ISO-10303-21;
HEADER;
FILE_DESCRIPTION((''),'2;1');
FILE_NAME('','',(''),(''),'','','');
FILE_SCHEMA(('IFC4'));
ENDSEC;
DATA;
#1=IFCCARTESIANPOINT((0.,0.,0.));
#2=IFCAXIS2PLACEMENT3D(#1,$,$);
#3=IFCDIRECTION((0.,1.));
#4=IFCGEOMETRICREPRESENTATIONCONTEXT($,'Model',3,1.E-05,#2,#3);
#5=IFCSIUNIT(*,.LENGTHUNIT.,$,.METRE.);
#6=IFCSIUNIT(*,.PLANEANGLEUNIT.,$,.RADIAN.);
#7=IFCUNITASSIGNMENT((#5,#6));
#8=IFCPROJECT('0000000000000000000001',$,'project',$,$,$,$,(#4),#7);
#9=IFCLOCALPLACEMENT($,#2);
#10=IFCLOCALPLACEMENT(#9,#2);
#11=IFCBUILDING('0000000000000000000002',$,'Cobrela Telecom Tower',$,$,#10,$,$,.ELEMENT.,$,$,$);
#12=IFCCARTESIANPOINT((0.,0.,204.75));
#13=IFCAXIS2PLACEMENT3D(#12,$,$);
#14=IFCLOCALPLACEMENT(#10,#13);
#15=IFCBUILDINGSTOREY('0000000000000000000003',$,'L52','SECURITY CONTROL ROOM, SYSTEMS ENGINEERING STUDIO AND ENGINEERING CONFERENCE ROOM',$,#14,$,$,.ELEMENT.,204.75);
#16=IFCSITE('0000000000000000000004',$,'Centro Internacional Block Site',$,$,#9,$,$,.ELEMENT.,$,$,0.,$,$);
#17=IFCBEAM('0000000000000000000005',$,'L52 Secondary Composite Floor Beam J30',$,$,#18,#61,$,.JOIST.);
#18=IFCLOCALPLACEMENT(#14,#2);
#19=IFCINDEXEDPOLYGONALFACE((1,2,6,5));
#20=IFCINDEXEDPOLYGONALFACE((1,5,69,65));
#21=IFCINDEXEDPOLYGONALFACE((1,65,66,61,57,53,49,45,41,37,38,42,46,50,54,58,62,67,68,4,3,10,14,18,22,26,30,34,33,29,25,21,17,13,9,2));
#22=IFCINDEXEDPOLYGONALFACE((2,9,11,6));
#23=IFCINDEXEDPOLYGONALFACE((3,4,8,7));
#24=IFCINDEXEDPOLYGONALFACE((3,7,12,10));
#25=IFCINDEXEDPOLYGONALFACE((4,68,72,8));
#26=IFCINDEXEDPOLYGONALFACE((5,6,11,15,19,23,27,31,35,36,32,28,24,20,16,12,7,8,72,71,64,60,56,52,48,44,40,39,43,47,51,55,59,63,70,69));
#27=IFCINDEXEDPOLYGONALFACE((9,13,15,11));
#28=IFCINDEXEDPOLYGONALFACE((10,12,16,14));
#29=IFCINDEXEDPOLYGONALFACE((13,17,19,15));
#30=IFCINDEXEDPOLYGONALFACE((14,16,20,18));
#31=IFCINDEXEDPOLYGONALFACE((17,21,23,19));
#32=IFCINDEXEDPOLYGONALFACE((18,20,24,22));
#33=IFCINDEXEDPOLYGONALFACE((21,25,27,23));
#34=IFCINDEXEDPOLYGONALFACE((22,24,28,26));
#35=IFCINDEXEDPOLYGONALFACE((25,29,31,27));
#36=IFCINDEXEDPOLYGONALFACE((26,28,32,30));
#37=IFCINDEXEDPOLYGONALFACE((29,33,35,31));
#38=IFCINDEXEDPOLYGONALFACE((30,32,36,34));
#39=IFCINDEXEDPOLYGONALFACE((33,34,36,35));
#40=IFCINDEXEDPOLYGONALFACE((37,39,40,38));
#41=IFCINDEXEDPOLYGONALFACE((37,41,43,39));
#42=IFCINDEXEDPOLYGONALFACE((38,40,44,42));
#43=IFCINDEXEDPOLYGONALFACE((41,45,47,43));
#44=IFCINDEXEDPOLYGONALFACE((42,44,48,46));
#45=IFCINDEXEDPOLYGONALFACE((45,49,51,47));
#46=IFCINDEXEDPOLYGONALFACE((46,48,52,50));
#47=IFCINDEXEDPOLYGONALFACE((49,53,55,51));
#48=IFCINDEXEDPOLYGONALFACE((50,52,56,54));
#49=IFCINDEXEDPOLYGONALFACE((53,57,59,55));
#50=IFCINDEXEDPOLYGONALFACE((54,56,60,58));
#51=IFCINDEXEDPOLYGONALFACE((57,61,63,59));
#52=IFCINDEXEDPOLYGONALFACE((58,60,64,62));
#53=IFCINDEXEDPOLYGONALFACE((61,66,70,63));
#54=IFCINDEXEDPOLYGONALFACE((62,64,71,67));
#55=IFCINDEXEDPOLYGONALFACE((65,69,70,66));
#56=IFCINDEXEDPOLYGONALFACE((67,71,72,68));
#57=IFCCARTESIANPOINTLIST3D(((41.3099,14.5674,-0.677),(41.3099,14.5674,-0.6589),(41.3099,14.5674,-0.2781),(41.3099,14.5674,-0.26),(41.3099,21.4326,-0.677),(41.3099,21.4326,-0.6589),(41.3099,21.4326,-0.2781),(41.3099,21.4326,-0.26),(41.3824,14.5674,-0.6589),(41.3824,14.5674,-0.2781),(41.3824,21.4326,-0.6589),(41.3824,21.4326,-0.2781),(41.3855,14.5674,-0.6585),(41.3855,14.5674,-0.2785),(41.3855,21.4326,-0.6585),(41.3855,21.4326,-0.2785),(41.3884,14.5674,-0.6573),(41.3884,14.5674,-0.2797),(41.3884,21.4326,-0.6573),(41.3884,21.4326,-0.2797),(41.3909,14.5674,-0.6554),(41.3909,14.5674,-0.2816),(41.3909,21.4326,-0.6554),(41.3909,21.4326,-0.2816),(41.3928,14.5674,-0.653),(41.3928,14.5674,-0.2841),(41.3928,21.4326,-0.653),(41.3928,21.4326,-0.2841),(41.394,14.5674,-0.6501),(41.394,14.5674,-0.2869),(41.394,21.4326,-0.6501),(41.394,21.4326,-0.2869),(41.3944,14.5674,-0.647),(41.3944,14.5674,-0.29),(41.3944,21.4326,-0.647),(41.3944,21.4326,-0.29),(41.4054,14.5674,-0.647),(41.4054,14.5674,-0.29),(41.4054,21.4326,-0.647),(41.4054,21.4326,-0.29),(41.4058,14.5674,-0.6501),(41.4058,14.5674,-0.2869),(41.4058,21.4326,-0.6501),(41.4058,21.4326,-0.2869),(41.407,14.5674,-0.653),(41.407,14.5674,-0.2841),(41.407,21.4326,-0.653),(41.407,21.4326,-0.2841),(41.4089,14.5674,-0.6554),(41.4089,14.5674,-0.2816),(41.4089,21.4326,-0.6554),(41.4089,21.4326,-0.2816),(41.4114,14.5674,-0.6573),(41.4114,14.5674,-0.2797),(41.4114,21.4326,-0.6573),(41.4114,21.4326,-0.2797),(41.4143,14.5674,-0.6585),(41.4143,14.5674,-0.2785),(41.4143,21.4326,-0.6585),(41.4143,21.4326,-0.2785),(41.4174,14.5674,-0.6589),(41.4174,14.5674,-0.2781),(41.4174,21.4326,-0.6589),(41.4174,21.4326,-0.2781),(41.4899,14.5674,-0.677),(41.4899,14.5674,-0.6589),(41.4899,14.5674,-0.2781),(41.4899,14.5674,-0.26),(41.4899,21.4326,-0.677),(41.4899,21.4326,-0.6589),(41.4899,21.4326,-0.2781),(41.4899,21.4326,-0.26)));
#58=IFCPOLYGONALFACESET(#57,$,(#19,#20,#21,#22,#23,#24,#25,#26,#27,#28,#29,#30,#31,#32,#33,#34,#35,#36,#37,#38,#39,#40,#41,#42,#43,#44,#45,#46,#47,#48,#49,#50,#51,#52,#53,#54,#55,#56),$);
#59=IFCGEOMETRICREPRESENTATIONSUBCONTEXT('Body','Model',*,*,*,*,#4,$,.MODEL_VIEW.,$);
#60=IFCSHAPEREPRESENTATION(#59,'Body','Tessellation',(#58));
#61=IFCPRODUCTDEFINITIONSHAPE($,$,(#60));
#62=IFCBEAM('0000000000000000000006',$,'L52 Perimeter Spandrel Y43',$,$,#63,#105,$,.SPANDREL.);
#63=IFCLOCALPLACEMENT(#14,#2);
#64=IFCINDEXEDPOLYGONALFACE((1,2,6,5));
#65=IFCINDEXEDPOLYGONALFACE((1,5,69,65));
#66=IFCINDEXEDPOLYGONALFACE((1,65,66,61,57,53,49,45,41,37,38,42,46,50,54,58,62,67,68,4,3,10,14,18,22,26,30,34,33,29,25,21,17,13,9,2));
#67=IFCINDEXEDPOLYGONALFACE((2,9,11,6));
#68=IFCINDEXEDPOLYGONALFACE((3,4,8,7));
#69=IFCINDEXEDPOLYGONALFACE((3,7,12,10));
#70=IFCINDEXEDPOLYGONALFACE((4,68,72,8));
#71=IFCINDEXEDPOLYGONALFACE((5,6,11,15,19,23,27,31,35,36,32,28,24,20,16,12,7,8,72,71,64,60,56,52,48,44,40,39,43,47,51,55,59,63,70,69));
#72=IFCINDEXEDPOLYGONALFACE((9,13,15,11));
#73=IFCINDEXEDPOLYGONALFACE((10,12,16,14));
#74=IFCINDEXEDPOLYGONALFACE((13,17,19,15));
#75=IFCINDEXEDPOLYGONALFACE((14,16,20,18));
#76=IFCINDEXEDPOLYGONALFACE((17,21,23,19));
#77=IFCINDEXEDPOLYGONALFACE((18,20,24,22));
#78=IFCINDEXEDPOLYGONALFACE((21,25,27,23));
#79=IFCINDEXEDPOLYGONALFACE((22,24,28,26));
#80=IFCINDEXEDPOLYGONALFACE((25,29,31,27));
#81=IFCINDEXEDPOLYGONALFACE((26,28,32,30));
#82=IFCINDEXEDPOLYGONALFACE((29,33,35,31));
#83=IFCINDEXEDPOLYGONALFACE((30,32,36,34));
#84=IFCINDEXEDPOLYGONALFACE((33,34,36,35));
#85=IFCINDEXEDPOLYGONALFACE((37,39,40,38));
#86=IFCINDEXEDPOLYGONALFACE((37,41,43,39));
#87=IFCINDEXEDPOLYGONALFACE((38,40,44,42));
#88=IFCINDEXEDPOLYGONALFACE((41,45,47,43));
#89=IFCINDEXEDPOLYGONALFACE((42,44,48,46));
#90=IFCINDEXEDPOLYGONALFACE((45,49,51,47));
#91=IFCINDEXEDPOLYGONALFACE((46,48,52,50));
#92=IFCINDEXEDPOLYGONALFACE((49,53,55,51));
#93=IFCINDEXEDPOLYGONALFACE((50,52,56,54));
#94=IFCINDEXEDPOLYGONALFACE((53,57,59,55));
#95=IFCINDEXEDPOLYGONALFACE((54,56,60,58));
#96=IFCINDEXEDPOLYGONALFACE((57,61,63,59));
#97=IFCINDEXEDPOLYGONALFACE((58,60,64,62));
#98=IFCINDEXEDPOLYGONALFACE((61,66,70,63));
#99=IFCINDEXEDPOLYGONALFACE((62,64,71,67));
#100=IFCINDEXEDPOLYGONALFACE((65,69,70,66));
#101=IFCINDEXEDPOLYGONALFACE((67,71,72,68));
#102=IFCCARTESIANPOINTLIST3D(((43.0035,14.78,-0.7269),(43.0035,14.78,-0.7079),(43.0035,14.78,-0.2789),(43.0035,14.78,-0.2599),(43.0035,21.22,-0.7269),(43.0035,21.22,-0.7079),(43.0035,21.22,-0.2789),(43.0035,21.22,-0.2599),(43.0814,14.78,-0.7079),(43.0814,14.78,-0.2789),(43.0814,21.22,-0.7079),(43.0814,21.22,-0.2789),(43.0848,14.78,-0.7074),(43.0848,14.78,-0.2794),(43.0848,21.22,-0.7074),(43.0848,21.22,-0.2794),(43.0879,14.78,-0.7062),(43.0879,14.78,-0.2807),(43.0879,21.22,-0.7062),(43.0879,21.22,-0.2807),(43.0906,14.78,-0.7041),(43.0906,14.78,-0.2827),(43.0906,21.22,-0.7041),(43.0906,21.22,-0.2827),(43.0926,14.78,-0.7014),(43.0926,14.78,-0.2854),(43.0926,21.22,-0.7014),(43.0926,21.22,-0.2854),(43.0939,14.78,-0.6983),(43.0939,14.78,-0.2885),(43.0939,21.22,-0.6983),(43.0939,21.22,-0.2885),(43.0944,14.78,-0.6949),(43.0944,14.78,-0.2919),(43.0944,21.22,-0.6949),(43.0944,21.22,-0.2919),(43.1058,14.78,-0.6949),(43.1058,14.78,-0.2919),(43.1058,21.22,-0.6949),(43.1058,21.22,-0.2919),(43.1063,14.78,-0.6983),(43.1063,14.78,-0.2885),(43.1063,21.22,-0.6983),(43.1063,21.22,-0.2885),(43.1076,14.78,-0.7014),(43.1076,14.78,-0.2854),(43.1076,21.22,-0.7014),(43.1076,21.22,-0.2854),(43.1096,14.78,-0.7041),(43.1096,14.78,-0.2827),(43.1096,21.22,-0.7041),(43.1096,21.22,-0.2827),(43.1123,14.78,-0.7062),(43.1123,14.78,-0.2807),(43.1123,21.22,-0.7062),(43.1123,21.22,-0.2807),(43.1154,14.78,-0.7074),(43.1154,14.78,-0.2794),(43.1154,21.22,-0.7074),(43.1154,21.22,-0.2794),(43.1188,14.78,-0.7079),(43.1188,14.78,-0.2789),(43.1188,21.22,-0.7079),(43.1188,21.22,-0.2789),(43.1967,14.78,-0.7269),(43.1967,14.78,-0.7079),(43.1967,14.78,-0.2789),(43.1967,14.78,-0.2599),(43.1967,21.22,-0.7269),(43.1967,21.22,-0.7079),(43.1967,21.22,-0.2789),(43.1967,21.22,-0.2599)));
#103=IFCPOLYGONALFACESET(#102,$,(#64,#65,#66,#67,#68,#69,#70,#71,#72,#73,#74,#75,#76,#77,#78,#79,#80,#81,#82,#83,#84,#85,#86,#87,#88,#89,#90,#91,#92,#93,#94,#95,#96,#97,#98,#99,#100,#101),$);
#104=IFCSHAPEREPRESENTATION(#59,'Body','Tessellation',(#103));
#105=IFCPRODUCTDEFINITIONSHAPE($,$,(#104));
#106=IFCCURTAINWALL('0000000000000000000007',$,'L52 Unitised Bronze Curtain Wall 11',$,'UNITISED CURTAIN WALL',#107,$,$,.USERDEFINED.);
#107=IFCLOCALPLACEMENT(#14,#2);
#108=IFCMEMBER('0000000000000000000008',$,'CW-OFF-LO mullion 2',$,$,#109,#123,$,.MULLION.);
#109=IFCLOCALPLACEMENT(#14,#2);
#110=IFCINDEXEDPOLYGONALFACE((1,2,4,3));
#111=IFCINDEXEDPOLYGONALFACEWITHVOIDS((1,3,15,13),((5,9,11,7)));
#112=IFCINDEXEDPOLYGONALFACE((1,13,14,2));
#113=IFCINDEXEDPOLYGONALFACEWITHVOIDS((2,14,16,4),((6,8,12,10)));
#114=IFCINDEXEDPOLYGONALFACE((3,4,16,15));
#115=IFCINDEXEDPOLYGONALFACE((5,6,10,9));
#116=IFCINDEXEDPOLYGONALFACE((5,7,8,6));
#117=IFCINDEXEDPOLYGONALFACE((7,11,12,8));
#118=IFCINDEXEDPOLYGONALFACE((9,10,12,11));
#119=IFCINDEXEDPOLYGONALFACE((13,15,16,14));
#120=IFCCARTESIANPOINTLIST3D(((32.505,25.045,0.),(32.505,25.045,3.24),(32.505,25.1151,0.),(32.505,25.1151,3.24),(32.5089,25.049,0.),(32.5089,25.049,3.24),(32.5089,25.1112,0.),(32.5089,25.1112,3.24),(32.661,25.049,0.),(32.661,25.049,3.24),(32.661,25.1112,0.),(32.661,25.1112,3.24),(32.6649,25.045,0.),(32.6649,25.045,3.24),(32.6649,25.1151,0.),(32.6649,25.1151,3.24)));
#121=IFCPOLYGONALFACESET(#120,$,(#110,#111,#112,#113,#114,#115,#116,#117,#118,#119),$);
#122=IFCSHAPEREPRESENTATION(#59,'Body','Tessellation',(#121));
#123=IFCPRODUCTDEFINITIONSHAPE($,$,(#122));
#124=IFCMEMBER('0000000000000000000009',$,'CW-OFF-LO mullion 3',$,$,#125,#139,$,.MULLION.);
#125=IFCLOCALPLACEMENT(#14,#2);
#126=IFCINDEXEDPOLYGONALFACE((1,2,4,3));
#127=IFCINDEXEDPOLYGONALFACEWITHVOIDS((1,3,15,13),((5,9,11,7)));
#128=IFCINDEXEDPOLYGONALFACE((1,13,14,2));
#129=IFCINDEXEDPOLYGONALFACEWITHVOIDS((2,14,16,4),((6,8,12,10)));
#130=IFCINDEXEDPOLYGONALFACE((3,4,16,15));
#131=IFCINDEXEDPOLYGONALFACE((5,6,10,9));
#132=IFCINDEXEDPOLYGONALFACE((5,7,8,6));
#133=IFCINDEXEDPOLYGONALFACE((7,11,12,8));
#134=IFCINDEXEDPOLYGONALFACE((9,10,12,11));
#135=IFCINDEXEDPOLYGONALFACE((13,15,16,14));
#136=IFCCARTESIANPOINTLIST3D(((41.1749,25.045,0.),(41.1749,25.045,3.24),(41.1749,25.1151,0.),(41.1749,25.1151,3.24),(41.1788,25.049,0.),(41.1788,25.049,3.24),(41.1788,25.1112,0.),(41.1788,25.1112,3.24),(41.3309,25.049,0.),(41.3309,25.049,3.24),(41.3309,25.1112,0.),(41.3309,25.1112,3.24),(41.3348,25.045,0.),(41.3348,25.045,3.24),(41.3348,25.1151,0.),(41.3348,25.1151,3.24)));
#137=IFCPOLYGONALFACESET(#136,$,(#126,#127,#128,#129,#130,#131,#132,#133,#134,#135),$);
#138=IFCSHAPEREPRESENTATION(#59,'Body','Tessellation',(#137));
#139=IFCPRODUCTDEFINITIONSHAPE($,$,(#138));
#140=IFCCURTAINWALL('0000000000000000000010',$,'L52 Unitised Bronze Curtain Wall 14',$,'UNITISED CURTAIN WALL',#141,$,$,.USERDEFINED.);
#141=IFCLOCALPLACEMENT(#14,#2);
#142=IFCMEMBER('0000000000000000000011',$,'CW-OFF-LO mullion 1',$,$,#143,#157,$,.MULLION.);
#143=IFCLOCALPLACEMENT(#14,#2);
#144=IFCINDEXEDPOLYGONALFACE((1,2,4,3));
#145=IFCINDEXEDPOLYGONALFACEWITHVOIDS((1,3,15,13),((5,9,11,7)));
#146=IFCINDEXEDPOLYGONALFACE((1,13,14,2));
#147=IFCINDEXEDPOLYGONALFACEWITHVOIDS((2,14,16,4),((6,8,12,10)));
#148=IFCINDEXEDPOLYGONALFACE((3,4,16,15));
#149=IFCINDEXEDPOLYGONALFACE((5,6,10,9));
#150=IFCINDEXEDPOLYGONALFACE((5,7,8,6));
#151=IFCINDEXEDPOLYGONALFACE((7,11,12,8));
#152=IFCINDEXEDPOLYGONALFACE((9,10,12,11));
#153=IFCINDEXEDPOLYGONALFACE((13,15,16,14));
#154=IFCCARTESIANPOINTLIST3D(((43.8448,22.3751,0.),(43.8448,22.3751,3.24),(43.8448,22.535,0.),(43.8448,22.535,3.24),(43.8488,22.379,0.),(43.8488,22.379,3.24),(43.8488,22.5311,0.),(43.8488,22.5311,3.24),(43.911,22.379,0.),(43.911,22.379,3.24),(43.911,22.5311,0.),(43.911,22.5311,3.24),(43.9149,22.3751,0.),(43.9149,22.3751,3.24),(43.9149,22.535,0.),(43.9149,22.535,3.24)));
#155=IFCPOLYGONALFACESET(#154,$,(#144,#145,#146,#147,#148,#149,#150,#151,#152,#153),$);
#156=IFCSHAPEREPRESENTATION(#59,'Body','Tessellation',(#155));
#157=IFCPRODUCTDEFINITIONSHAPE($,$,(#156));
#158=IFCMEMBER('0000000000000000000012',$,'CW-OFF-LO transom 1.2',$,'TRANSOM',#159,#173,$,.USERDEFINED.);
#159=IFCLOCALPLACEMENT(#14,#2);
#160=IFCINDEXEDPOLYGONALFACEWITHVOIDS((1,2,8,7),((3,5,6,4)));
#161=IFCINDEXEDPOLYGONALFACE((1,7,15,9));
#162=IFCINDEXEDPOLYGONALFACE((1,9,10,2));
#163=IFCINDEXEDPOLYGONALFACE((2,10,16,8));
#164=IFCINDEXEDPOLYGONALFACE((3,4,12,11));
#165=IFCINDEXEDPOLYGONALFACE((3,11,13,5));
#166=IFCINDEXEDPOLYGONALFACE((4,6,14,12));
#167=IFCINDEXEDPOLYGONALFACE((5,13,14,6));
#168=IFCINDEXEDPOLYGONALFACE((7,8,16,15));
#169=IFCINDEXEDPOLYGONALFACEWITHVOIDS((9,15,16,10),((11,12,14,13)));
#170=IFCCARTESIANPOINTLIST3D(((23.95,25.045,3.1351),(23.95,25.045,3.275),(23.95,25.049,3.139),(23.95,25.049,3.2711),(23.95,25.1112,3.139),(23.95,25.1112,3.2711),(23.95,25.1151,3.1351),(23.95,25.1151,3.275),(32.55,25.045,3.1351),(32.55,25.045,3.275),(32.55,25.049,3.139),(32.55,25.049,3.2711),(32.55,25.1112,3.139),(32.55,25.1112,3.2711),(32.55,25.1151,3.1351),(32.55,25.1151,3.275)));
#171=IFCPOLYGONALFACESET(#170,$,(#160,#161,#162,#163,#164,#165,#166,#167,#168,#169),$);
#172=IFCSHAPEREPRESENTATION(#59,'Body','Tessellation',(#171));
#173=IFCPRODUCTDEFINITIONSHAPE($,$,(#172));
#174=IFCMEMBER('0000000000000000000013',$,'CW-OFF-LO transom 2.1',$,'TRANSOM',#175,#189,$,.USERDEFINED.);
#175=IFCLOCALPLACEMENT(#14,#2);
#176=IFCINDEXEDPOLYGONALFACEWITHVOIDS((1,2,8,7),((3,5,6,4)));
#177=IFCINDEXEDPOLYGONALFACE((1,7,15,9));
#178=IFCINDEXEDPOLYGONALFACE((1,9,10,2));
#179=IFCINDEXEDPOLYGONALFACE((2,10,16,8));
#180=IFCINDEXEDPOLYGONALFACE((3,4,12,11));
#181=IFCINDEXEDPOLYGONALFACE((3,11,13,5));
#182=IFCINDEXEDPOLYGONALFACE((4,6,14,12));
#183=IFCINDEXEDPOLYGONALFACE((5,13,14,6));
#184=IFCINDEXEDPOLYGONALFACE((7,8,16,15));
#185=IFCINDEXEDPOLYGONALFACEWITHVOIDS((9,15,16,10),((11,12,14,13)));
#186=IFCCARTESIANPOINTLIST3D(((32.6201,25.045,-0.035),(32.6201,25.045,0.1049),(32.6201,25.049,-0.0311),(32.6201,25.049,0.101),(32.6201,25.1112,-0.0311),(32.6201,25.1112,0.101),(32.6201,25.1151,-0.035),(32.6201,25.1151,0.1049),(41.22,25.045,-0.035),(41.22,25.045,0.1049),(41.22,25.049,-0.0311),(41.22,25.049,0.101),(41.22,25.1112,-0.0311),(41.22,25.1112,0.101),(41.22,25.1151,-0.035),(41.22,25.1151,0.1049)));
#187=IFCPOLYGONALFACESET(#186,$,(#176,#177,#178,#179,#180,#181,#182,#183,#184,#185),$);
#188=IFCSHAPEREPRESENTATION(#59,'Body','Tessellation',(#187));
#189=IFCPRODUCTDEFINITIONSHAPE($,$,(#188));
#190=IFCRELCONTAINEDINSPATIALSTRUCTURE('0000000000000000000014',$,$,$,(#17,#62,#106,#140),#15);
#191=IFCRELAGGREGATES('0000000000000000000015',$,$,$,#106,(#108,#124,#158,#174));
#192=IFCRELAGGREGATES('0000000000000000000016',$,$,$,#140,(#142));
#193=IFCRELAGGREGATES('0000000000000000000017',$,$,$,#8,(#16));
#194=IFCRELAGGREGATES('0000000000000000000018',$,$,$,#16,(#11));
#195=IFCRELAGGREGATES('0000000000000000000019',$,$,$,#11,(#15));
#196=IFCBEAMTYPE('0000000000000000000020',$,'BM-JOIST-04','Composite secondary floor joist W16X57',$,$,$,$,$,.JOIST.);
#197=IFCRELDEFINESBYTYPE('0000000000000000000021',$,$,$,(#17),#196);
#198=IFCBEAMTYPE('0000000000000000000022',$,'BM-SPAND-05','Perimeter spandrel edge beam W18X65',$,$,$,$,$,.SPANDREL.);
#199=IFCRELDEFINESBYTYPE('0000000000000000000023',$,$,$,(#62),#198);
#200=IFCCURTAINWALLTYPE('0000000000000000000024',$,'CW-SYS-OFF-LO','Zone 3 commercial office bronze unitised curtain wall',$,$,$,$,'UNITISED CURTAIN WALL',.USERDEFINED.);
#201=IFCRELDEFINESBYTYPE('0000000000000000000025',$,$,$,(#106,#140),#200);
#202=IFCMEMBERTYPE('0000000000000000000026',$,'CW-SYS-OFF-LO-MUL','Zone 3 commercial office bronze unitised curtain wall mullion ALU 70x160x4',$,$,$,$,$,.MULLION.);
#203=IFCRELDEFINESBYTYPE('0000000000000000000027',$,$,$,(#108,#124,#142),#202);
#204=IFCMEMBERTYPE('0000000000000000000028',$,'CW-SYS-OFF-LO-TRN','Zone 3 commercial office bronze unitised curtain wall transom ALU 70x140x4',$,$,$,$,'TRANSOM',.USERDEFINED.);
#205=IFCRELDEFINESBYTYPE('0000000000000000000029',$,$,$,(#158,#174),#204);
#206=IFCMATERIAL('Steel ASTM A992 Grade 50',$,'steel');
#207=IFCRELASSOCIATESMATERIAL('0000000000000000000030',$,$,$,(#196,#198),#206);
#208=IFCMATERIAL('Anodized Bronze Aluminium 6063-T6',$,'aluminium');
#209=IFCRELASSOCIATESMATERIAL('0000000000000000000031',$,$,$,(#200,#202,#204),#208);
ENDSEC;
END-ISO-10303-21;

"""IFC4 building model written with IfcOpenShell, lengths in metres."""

from ifc_helpers import new_model, si_unit, direction, frame, origin, origin_2d, place, context, subcontext, project, spatial, hollow_rectangle, i_section, extrude, material, material_profile, profile_set, type_object, element, aggregate, save


model = new_model("IFC4")

# Units and contexts
model_context = context("Model", 3, precision=1e-05, world=origin(), true_north=direction((0.0, 1.0)))
body_context = subcontext(model_context, "Body", "Model", "MODEL_VIEW")
ifc_project = project(units=[si_unit("LENGTHUNIT", "METRE"), si_unit("PLANEANGLEUNIT", "RADIAN")], contexts=[model_context])

# Site, building, storey
site_placement = place(None, origin())
site = spatial("IfcSite", under=ifc_project, at=site_placement, Name="Centro Internacional Block Site", CompositionType="ELEMENT", RefElevation=0.0)
building_placement = place(site_placement, origin())
building = spatial("IfcBuilding", under=site, at=building_placement, Name="Cobrela Telecom Tower", CompositionType="ELEMENT")
storey_placement = place(building_placement, frame((0.0, 0.0, 204.75)))
storey = spatial("IfcBuildingStorey", under=building, at=storey_placement, Name="L52", Description="SECURITY CONTROL ROOM, SYSTEMS ENGINEERING STUDIO AND ENGINEERING CONFERENCE ROOM", CompositionType="ELEMENT", Elevation=204.75)

# Shared definitions
ifc_material_1 = material(Name="Steel ASTM A992 Grade 50", Category="steel")

# Beams
ifc_material_profile_1 = material_profile(ifc_material_1, i_section(OverallWidth=0.1799, OverallDepth=0.417, WebThickness=0.011, FlangeThickness=0.0181, FilletRadius=0.012, at=origin_2d()), Name="W16X57")
ifc_profile_set_1 = profile_set([ifc_material_profile_1], Name="Steel ASTM A992 Grade 50")
beam_type_1 = type_object("IfcBeamType", Name="BM-JOIST-04", Description="Composite secondary floor joist W16X57", PredefinedType="JOIST", material=ifc_profile_set_1)
for number, where, z_axis, x_axis, name in (
    (1, (41.3999, 14.5674, -0.4685), (0.0, 1.0, 0.0), (-1.0, 0.0, 0.0), "L52 Secondary Composite Floor Beam J30"),
):
    element("IfcBeam", number, at=place(storey_placement, frame(where, z_axis=z_axis, x_axis=x_axis)), inside=storey, type_object=beam_type_1, Name=name, PredefinedType="JOIST", context=body_context, shape_type="SweptSolid", body=[
        extrude(i_section(OverallWidth=0.1799, OverallDepth=0.417, WebThickness=0.011, FlangeThickness=0.0181, FilletRadius=0.012, at=origin_2d()), origin(), (0.0, 0.0, 1.0), 6.8652),
    ])
ifc_material_profile_2 = material_profile(ifc_material_1, i_section(OverallWidth=0.1931, OverallDepth=0.467, WebThickness=0.0115, FlangeThickness=0.019, FilletRadius=0.0129, at=origin_2d()), Name="W18X65")
ifc_profile_set_2 = profile_set([ifc_material_profile_2], Name="Steel ASTM A992 Grade 50")
beam_type_2 = type_object("IfcBeamType", Name="BM-SPAND-05", Description="Perimeter spandrel edge beam W18X65", PredefinedType="SPANDREL", material=ifc_profile_set_2)
beam_1_placement = place(storey_placement, frame((43.1001, 14.78, -0.4934), z_axis=(0.0, 1.0, 0.0), x_axis=(-1.0, 0.0, 0.0)))
element("IfcBeam", 2, at=beam_1_placement, inside=storey, type_object=beam_type_2, Name="L52 Perimeter Spandrel Y43", PredefinedType="SPANDREL", context=body_context, shape_type="SweptSolid", body=[
    extrude(i_section(OverallWidth=0.1931, OverallDepth=0.467, WebThickness=0.0115, FlangeThickness=0.019, FilletRadius=0.0129, at=origin_2d()), origin(), (0.0, 0.0, 1.0), 6.4399),
])

# Curtain wall, members
ifc_material_2 = material(Name="Anodized Bronze Aluminium 6063-T6", Category="aluminium")
curtain_wall_type = type_object("IfcCurtainWallType", Name="CW-SYS-OFF-LO", Description="Zone 3 commercial office bronze unitised curtain wall", ElementType="UNITISED CURTAIN WALL", PredefinedType="USERDEFINED", material=ifc_material_2)
curtain_wall_1_placement = place(storey_placement, origin())
curtain_wall_1 = element("IfcCurtainWall", 3, at=curtain_wall_1_placement, inside=storey, type_object=curtain_wall_type, Name="L52 Unitised Bronze Curtain Wall 11", ObjectType="UNITISED CURTAIN WALL", PredefinedType="USERDEFINED")
ifc_material_profile_3 = material_profile(ifc_material_2, hollow_rectangle(XDim=0.0701, YDim=0.1599, WallThickness=0.0039, at=origin_2d()), Name="ALU 70x160x4")
ifc_profile_set_3 = profile_set([ifc_material_profile_3], Name="Anodized Bronze Aluminium 6063-T6")
member_type_1 = type_object("IfcMemberType", Name="CW-SYS-OFF-LO-MUL", Description="Zone 3 commercial office bronze unitised curtain wall mullion ALU 70x160x4", PredefinedType="MULLION", material=ifc_profile_set_3)
member_1_placement = place(storey_placement, frame((32.585, 25.0801, 0.0), z_axis=(0.0, 0.0, 1.0), x_axis=(0.0, 1.0, 0.0)))
member_1 = element("IfcMember", 4, at=member_1_placement, type_object=member_type_1, Name="CW-OFF-LO mullion 2", PredefinedType="MULLION", context=body_context, shape_type="SweptSolid", body=[
    extrude(hollow_rectangle(XDim=0.0701, YDim=0.1599, WallThickness=0.0039, at=origin_2d()), origin(), (0.0, 0.0, 1.0), 3.24),
])
member_2_placement = place(storey_placement, frame((41.2549, 25.0801, 0.0), z_axis=(0.0, 0.0, 1.0), x_axis=(0.0, 1.0, 0.0)))
member_2 = element("IfcMember", 5, at=member_2_placement, type_object=member_type_1, Name="CW-OFF-LO mullion 3", PredefinedType="MULLION", context=body_context, shape_type="SweptSolid", body=[
    extrude(hollow_rectangle(XDim=0.0701, YDim=0.1599, WallThickness=0.0039, at=origin_2d()), origin(), (0.0, 0.0, 1.0), 3.24),
])

# Curtain wall, member
curtain_wall_2_placement = place(storey_placement, origin())
curtain_wall_2 = element("IfcCurtainWall", 6, at=curtain_wall_2_placement, inside=storey, type_object=curtain_wall_type, Name="L52 Unitised Bronze Curtain Wall 14", ObjectType="UNITISED CURTAIN WALL", PredefinedType="USERDEFINED")
member_3_placement = place(storey_placement, frame((43.8799, 22.4551, 0.0), z_axis=(0.0, 0.0, 1.0), x_axis=(1.0, 0.0, 0.0)))
member_3 = element("IfcMember", 7, at=member_3_placement, type_object=member_type_1, Name="CW-OFF-LO mullion 1", PredefinedType="MULLION", context=body_context, shape_type="SweptSolid", body=[
    extrude(hollow_rectangle(XDim=0.0701, YDim=0.1599, WallThickness=0.0039, at=origin_2d()), origin(), (0.0, 0.0, 1.0), 3.24),
])

# Members
ifc_material_profile_4 = material_profile(ifc_material_2, hollow_rectangle(XDim=0.0701, YDim=0.1399, WallThickness=0.0039, at=origin_2d()), Name="ALU 70x140x4")
ifc_profile_set_4 = profile_set([ifc_material_profile_4], Name="Anodized Bronze Aluminium 6063-T6")
member_type_2 = type_object("IfcMemberType", Name="CW-SYS-OFF-LO-TRN", Description="Zone 3 commercial office bronze unitised curtain wall transom ALU 70x140x4", ElementType="TRANSOM", PredefinedType="USERDEFINED", material=ifc_profile_set_4)
member_4_placement = place(storey_placement, frame((23.95, 25.0801, 3.2051), z_axis=(1.0, 0.0, 0.0), x_axis=(0.0, 1.0, 0.0)))
member_4 = element("IfcMember", 8, at=member_4_placement, type_object=member_type_2, Name="CW-OFF-LO transom 1.2", ObjectType="TRANSOM", PredefinedType="USERDEFINED", context=body_context, shape_type="SweptSolid", body=[
    extrude(hollow_rectangle(XDim=0.0701, YDim=0.1399, WallThickness=0.0039, at=origin_2d()), origin(), (0.0, 0.0, 1.0), 8.6001),
])
member_5_placement = place(storey_placement, frame((32.6201, 25.0801, 0.0349), z_axis=(1.0, 0.0, 0.0), x_axis=(0.0, 1.0, 0.0)))
member_5 = element("IfcMember", 9, at=member_5_placement, type_object=member_type_2, Name="CW-OFF-LO transom 2.1", ObjectType="TRANSOM", PredefinedType="USERDEFINED", context=body_context, shape_type="SweptSolid", body=[
    extrude(hollow_rectangle(XDim=0.0701, YDim=0.1399, WallThickness=0.0039, at=origin_2d()), origin(), (0.0, 0.0, 1.0), 8.5999),
])

aggregate(curtain_wall_1, [member_1, member_2, member_4, member_5])
aggregate(curtain_wall_2, [member_3])

save(model, "model.ifc")
